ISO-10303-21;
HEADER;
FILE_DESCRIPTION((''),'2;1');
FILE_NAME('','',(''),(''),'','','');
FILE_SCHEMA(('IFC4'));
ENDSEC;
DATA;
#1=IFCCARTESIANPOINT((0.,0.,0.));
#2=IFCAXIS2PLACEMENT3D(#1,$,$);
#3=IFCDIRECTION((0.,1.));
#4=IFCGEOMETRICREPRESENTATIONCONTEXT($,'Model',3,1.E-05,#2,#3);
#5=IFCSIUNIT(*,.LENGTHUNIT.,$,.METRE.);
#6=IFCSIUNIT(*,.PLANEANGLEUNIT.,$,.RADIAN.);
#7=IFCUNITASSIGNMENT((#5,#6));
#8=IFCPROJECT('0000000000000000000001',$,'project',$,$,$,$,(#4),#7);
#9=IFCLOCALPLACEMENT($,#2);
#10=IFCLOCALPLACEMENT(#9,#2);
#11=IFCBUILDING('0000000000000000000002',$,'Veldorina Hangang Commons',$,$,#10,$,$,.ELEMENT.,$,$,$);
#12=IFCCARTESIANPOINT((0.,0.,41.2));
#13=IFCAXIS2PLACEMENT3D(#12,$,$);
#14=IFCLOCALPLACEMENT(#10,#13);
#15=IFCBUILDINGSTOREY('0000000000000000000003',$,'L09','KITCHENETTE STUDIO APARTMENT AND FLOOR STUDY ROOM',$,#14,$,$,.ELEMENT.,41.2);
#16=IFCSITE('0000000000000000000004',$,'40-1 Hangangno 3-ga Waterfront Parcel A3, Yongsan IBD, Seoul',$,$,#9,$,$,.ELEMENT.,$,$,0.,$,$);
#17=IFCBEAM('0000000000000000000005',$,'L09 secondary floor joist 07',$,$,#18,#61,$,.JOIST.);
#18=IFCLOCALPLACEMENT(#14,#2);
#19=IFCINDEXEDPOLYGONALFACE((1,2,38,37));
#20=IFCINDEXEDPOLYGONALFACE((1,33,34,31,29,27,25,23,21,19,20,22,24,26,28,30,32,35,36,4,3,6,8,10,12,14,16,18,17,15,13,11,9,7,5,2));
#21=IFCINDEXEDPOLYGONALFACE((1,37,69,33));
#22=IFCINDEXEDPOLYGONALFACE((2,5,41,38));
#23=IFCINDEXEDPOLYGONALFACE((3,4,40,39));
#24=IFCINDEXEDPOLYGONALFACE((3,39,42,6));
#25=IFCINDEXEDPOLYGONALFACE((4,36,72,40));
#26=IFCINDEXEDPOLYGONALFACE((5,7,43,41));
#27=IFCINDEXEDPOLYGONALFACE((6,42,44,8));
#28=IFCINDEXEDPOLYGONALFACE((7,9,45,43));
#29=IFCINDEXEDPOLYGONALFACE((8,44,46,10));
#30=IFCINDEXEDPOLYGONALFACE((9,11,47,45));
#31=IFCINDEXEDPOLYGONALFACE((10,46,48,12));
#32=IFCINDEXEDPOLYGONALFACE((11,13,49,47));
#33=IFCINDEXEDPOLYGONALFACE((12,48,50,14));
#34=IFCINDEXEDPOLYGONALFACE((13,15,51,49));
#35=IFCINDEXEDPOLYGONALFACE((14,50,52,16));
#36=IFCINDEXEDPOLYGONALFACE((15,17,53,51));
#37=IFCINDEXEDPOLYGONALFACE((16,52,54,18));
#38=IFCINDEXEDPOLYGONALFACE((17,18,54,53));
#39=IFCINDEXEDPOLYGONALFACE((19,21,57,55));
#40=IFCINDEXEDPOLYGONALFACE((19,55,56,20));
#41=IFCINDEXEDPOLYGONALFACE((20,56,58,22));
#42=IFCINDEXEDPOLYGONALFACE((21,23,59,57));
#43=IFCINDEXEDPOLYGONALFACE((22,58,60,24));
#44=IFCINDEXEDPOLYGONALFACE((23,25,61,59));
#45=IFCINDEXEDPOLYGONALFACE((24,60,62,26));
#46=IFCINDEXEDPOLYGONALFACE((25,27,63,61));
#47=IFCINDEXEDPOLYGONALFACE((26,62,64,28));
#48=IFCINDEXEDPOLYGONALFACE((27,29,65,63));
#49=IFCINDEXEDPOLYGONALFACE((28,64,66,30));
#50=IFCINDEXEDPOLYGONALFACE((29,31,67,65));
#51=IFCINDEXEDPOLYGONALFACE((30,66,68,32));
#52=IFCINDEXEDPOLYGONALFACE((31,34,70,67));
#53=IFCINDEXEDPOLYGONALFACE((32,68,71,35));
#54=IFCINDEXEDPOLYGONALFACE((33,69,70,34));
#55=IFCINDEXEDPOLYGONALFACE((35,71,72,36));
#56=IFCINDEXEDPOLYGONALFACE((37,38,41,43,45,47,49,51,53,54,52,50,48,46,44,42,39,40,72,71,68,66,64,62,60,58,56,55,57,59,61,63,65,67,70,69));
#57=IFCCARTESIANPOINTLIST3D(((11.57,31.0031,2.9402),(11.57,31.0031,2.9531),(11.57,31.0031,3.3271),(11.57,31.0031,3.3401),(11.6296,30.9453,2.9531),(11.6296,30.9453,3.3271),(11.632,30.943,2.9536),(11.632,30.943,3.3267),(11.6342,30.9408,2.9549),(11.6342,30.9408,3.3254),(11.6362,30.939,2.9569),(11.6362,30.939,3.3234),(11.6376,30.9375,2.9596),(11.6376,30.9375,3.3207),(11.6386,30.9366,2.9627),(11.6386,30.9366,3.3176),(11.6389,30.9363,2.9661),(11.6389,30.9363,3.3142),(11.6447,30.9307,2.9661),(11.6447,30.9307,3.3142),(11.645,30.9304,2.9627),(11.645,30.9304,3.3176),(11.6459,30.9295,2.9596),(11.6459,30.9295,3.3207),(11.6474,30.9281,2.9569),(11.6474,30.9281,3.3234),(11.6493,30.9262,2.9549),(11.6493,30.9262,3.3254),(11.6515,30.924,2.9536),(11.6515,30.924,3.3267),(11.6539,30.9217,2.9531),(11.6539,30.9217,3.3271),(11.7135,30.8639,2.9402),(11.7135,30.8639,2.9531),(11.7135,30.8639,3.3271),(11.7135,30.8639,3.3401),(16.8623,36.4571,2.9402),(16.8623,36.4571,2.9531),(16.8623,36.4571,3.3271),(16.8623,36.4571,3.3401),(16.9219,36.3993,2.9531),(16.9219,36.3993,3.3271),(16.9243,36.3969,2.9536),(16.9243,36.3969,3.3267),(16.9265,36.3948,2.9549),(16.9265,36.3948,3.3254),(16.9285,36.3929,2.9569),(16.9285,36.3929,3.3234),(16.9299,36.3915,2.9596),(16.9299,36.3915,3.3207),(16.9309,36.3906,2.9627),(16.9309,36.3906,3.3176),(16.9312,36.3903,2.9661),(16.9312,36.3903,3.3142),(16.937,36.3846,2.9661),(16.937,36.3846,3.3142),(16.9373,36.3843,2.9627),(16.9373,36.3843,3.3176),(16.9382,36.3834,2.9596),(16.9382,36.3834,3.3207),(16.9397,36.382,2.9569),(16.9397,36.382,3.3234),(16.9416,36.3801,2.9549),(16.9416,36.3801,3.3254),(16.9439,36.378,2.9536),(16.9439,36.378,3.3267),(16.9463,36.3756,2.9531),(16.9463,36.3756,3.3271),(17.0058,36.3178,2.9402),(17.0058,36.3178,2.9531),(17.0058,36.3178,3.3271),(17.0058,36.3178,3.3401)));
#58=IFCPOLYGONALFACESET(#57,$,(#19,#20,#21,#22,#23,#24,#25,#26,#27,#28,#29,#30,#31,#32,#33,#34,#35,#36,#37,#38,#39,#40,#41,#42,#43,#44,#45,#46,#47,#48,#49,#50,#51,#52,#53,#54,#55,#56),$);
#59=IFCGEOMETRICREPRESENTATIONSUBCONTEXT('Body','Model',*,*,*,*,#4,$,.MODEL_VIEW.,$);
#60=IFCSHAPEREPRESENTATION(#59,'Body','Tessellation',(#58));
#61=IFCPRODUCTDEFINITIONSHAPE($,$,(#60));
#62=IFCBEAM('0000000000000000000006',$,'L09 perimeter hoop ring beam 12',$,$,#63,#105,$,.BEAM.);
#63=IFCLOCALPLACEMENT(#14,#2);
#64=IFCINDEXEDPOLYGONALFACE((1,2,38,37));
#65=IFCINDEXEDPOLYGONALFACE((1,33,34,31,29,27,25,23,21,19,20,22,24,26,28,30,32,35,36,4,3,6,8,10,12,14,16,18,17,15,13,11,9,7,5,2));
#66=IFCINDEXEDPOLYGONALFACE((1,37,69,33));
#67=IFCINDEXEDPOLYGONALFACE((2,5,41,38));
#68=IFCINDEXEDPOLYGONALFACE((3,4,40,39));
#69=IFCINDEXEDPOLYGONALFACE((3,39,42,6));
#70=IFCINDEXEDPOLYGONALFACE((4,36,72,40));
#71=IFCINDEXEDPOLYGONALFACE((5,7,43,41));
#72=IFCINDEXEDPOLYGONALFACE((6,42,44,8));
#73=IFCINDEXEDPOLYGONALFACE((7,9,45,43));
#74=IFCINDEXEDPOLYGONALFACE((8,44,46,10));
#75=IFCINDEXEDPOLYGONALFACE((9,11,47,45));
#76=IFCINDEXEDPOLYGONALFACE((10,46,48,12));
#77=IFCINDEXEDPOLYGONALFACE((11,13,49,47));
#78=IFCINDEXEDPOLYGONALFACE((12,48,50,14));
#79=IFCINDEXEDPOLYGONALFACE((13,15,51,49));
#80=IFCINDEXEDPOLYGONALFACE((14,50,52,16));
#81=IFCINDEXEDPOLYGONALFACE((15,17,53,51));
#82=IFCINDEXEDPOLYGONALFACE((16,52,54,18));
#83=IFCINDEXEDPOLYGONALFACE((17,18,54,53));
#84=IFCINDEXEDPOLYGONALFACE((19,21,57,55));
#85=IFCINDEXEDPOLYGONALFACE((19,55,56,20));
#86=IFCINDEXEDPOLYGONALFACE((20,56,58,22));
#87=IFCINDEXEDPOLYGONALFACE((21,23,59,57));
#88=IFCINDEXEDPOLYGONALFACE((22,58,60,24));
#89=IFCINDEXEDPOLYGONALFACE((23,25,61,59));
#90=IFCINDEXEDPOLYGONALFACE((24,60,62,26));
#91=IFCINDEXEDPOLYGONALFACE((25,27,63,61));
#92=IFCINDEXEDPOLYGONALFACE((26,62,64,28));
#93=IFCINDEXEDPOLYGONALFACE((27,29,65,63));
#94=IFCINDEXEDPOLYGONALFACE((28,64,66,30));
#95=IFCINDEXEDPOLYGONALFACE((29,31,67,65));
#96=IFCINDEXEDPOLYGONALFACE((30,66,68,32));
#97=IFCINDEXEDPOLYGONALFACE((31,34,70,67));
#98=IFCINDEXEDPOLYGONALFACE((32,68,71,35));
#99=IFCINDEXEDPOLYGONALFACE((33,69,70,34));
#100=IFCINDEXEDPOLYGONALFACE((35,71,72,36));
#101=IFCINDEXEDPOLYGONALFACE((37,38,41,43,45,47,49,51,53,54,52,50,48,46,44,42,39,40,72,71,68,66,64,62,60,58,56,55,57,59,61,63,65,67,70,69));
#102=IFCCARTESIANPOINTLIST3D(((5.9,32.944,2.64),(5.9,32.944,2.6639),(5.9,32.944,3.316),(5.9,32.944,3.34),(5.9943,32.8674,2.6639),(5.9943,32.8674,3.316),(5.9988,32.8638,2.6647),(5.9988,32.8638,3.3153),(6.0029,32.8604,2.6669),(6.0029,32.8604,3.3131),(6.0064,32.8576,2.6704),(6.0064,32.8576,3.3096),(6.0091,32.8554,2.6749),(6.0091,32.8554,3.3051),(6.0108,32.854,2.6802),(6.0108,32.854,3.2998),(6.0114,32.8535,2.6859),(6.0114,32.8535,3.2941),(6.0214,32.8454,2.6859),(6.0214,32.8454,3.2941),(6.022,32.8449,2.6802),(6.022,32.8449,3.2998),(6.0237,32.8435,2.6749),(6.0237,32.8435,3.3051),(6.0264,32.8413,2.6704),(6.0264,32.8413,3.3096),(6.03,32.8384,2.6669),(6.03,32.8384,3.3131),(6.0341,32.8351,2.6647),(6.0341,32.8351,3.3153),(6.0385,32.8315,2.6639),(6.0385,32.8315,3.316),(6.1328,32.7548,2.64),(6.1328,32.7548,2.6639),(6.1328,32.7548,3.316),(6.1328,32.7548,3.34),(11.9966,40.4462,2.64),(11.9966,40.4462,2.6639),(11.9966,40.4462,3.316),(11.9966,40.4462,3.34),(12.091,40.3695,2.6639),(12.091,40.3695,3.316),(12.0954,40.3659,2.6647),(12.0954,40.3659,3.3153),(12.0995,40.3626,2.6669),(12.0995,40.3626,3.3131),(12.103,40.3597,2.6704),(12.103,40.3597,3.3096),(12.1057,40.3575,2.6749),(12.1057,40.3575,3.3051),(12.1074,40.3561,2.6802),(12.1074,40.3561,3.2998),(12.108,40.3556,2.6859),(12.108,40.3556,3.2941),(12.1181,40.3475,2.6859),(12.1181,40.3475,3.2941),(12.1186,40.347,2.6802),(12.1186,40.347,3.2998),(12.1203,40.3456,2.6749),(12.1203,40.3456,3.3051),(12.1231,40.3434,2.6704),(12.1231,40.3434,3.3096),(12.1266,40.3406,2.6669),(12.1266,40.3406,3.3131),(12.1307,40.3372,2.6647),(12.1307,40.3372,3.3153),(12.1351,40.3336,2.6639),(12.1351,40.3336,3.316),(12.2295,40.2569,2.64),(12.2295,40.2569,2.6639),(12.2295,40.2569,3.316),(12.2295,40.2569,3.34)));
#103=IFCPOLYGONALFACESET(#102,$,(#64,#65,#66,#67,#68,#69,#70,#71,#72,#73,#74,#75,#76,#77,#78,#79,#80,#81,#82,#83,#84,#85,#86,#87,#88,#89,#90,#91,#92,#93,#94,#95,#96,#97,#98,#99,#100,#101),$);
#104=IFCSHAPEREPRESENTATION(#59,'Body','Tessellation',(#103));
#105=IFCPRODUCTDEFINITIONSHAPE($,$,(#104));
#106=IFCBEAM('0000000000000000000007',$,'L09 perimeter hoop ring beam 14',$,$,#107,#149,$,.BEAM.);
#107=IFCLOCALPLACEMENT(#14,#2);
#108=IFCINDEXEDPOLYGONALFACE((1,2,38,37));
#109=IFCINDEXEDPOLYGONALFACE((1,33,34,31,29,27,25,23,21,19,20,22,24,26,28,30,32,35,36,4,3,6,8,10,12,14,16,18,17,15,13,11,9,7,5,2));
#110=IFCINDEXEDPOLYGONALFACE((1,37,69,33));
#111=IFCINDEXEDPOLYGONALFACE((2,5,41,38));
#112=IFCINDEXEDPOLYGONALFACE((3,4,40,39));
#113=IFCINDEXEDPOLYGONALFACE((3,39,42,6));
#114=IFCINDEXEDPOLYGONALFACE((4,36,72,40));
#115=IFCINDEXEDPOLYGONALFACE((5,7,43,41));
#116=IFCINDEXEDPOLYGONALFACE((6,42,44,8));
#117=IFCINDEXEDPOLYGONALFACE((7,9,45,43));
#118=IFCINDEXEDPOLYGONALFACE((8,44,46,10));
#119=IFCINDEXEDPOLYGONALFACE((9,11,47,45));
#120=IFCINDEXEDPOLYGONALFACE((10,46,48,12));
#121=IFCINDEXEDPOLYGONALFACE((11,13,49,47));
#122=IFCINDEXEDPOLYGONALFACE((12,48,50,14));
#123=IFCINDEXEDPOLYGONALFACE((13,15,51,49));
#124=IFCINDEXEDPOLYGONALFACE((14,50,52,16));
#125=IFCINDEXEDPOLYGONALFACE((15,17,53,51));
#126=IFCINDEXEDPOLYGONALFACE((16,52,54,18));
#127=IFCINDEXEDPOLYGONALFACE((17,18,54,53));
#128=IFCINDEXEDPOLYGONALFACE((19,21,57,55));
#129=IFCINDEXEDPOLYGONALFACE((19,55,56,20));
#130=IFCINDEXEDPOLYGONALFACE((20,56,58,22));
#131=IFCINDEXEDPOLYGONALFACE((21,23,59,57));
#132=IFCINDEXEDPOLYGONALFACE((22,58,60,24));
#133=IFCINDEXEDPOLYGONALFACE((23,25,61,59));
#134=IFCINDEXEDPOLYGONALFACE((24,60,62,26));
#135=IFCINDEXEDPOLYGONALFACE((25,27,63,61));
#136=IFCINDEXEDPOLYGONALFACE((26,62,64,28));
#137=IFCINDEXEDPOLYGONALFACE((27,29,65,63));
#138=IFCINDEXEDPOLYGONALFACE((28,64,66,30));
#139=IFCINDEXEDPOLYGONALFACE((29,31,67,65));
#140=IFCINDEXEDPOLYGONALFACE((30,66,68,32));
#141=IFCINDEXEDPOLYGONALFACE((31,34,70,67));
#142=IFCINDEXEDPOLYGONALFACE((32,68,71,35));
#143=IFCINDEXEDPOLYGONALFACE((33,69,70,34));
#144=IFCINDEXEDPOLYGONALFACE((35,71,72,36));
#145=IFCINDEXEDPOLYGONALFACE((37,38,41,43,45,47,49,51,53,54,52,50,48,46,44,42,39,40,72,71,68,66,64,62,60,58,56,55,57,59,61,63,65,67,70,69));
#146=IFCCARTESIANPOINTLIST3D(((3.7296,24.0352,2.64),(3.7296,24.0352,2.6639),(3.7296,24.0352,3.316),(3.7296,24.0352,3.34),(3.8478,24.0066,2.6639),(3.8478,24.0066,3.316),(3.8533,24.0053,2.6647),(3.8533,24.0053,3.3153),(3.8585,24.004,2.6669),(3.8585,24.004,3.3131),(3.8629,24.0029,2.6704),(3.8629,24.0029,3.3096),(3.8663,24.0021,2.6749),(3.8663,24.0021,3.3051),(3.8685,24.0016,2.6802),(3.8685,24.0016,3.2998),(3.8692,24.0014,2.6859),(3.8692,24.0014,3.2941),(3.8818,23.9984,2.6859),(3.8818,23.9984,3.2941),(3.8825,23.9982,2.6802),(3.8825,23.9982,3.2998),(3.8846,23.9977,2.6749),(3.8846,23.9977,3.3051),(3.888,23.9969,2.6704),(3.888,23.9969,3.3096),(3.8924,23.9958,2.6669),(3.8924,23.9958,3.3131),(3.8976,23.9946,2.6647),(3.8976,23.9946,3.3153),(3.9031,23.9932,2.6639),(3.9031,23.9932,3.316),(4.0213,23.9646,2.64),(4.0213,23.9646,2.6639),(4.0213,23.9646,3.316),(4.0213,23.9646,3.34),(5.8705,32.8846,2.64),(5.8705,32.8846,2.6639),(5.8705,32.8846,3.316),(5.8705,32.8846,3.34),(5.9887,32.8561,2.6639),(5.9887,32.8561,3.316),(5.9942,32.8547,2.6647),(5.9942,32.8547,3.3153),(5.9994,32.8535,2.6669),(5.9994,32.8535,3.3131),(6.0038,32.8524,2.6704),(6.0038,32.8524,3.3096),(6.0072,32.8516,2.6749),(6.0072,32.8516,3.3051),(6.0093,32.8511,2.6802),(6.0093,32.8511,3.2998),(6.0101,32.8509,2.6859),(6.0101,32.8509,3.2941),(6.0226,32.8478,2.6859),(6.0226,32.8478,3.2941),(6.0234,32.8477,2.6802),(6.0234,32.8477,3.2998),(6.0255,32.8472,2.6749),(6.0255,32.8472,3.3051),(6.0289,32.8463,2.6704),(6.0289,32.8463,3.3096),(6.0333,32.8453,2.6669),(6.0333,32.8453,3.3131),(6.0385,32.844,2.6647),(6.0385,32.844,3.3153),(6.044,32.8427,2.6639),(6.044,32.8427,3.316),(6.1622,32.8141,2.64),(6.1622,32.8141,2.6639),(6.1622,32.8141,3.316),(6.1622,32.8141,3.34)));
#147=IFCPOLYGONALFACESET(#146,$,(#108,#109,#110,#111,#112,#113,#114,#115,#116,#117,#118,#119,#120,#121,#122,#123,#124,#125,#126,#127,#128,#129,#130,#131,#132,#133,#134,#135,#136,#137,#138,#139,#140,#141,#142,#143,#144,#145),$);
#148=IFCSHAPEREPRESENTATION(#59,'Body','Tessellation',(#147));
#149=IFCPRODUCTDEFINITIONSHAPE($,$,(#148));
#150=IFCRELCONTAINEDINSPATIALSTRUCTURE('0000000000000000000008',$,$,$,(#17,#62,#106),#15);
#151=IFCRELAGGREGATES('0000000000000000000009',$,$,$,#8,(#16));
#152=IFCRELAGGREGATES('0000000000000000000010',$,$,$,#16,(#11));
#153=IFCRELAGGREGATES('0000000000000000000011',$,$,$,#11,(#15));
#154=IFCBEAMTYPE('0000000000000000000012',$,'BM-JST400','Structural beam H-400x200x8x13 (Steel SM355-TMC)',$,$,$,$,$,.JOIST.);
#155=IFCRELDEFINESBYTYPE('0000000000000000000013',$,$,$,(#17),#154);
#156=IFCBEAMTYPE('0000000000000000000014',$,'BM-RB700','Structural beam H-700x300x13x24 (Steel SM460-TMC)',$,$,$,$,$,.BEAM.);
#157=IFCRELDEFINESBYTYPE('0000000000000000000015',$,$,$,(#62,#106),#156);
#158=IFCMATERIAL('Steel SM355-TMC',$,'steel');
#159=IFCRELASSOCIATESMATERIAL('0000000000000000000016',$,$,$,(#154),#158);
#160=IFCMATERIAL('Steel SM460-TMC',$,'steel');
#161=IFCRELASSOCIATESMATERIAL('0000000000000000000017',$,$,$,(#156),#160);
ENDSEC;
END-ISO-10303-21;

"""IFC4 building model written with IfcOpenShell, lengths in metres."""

from ifc_helpers import new_model, si_unit, direction, frame, origin, origin_2d, place, context, subcontext, project, spatial, i_section, extrude, material, material_profile, profile_set, type_object, element, save


model = new_model("IFC4")

# Units and contexts
model_context = context("Model", 3, precision=1e-05, world=origin(), true_north=direction((0.0, 1.0)))
body_context = subcontext(model_context, "Body", "Model", "MODEL_VIEW")
ifc_project = project(units=[si_unit("LENGTHUNIT", "METRE"), si_unit("PLANEANGLEUNIT", "RADIAN")], contexts=[model_context])

# Site, building, storey
site_placement = place(None, origin())
site = spatial("IfcSite", under=ifc_project, at=site_placement, Name="40-1 Hangangno 3-ga Waterfront Parcel A3, Yongsan IBD, Seoul", CompositionType="ELEMENT", RefElevation=0.0)
building_placement = place(site_placement, origin())
building = spatial("IfcBuilding", under=site, at=building_placement, Name="Veldorina Hangang Commons", CompositionType="ELEMENT")
storey_placement = place(building_placement, frame((0.0, 0.0, 41.2)))
storey = spatial("IfcBuildingStorey", under=building, at=storey_placement, Name="L09", Description="KITCHENETTE STUDIO APARTMENT AND FLOOR STUDY ROOM", CompositionType="ELEMENT", Elevation=41.2)

# Beams
ifc_material_1 = material(Name="Steel SM355-TMC", Category="steel")
ifc_material_profile_1 = material_profile(ifc_material_1, i_section(OverallWidth=0.2, OverallDepth=0.3999, WebThickness=0.0081, FlangeThickness=0.0129, FilletRadius=0.0129, at=origin_2d()), Name="H-400x200x8x13")
ifc_profile_set_1 = profile_set([ifc_material_profile_1], Name="Steel SM355-TMC")
beam_type_1 = type_object("IfcBeamType", Name="BM-JST400", Description="Structural beam H-400x200x8x13 (Steel SM355-TMC)", PredefinedType="JOIST", material=ifc_profile_set_1)
beam_1_placement = place(storey_placement, frame((16.9341, 36.3875, 3.1401), z_axis=(-0.696393, -0.71766, 0.0), x_axis=(0.71766, -0.696393, 0.0)))
element("IfcBeam", 1, at=beam_1_placement, inside=storey, type_object=beam_type_1, Name="L09 secondary floor joist 07", PredefinedType="JOIST", context=body_context, shape_type="SweptSolid", body=[
    extrude(i_section(OverallWidth=0.2, OverallDepth=0.3999, WebThickness=0.0081, FlangeThickness=0.0129, FilletRadius=0.0129, at=origin_2d()), origin(), (0.0, 0.0, 1.0), 7.5996),
])
ifc_material_2 = material(Name="Steel SM460-TMC", Category="steel")
ifc_material_profile_2 = material_profile(ifc_material_2, i_section(OverallWidth=0.3, OverallDepth=0.7, WebThickness=0.0129, FlangeThickness=0.0239, FilletRadius=0.022, at=origin_2d()), Name="H-700x300x13x24")
ifc_profile_set_2 = profile_set([ifc_material_profile_2], Name="Steel SM460-TMC")
beam_type_2 = type_object("IfcBeamType", Name="BM-RB700", Description="Structural beam H-700x300x13x24 (Steel SM460-TMC)", PredefinedType="BEAM", material=ifc_profile_set_2)
beam_2_placement = place(storey_placement, frame((12.113, 40.3516, 2.99), z_axis=(-0.630664, -0.776056, 0.0), x_axis=(0.776056, -0.630664, 0.0)))
element("IfcBeam", 2, at=beam_2_placement, inside=storey, type_object=beam_type_2, Name="L09 perimeter hoop ring beam 12", PredefinedType="BEAM", context=body_context, shape_type="SweptSolid", body=[
    extrude(i_section(OverallWidth=0.3, OverallDepth=0.7, WebThickness=0.0129, FlangeThickness=0.0239, FilletRadius=0.022, at=origin_2d()), origin(), (0.0, 0.0, 1.0), 9.667),
])
beam_3_placement = place(storey_placement, frame((6.0164, 32.8494, 2.99), z_axis=(-0.23514, -0.971961, 0.0), x_axis=(0.971961, -0.23514, 0.0)))
element("IfcBeam", 3, at=beam_3_placement, inside=storey, type_object=beam_type_2, Name="L09 perimeter hoop ring beam 14", PredefinedType="BEAM", context=body_context, shape_type="SweptSolid", body=[
    extrude(i_section(OverallWidth=0.3, OverallDepth=0.7, WebThickness=0.0129, FlangeThickness=0.0239, FilletRadius=0.022, at=origin_2d()), origin(), (0.0, 0.0, 1.0), 9.1047),
])

save(model, "model.ifc")
